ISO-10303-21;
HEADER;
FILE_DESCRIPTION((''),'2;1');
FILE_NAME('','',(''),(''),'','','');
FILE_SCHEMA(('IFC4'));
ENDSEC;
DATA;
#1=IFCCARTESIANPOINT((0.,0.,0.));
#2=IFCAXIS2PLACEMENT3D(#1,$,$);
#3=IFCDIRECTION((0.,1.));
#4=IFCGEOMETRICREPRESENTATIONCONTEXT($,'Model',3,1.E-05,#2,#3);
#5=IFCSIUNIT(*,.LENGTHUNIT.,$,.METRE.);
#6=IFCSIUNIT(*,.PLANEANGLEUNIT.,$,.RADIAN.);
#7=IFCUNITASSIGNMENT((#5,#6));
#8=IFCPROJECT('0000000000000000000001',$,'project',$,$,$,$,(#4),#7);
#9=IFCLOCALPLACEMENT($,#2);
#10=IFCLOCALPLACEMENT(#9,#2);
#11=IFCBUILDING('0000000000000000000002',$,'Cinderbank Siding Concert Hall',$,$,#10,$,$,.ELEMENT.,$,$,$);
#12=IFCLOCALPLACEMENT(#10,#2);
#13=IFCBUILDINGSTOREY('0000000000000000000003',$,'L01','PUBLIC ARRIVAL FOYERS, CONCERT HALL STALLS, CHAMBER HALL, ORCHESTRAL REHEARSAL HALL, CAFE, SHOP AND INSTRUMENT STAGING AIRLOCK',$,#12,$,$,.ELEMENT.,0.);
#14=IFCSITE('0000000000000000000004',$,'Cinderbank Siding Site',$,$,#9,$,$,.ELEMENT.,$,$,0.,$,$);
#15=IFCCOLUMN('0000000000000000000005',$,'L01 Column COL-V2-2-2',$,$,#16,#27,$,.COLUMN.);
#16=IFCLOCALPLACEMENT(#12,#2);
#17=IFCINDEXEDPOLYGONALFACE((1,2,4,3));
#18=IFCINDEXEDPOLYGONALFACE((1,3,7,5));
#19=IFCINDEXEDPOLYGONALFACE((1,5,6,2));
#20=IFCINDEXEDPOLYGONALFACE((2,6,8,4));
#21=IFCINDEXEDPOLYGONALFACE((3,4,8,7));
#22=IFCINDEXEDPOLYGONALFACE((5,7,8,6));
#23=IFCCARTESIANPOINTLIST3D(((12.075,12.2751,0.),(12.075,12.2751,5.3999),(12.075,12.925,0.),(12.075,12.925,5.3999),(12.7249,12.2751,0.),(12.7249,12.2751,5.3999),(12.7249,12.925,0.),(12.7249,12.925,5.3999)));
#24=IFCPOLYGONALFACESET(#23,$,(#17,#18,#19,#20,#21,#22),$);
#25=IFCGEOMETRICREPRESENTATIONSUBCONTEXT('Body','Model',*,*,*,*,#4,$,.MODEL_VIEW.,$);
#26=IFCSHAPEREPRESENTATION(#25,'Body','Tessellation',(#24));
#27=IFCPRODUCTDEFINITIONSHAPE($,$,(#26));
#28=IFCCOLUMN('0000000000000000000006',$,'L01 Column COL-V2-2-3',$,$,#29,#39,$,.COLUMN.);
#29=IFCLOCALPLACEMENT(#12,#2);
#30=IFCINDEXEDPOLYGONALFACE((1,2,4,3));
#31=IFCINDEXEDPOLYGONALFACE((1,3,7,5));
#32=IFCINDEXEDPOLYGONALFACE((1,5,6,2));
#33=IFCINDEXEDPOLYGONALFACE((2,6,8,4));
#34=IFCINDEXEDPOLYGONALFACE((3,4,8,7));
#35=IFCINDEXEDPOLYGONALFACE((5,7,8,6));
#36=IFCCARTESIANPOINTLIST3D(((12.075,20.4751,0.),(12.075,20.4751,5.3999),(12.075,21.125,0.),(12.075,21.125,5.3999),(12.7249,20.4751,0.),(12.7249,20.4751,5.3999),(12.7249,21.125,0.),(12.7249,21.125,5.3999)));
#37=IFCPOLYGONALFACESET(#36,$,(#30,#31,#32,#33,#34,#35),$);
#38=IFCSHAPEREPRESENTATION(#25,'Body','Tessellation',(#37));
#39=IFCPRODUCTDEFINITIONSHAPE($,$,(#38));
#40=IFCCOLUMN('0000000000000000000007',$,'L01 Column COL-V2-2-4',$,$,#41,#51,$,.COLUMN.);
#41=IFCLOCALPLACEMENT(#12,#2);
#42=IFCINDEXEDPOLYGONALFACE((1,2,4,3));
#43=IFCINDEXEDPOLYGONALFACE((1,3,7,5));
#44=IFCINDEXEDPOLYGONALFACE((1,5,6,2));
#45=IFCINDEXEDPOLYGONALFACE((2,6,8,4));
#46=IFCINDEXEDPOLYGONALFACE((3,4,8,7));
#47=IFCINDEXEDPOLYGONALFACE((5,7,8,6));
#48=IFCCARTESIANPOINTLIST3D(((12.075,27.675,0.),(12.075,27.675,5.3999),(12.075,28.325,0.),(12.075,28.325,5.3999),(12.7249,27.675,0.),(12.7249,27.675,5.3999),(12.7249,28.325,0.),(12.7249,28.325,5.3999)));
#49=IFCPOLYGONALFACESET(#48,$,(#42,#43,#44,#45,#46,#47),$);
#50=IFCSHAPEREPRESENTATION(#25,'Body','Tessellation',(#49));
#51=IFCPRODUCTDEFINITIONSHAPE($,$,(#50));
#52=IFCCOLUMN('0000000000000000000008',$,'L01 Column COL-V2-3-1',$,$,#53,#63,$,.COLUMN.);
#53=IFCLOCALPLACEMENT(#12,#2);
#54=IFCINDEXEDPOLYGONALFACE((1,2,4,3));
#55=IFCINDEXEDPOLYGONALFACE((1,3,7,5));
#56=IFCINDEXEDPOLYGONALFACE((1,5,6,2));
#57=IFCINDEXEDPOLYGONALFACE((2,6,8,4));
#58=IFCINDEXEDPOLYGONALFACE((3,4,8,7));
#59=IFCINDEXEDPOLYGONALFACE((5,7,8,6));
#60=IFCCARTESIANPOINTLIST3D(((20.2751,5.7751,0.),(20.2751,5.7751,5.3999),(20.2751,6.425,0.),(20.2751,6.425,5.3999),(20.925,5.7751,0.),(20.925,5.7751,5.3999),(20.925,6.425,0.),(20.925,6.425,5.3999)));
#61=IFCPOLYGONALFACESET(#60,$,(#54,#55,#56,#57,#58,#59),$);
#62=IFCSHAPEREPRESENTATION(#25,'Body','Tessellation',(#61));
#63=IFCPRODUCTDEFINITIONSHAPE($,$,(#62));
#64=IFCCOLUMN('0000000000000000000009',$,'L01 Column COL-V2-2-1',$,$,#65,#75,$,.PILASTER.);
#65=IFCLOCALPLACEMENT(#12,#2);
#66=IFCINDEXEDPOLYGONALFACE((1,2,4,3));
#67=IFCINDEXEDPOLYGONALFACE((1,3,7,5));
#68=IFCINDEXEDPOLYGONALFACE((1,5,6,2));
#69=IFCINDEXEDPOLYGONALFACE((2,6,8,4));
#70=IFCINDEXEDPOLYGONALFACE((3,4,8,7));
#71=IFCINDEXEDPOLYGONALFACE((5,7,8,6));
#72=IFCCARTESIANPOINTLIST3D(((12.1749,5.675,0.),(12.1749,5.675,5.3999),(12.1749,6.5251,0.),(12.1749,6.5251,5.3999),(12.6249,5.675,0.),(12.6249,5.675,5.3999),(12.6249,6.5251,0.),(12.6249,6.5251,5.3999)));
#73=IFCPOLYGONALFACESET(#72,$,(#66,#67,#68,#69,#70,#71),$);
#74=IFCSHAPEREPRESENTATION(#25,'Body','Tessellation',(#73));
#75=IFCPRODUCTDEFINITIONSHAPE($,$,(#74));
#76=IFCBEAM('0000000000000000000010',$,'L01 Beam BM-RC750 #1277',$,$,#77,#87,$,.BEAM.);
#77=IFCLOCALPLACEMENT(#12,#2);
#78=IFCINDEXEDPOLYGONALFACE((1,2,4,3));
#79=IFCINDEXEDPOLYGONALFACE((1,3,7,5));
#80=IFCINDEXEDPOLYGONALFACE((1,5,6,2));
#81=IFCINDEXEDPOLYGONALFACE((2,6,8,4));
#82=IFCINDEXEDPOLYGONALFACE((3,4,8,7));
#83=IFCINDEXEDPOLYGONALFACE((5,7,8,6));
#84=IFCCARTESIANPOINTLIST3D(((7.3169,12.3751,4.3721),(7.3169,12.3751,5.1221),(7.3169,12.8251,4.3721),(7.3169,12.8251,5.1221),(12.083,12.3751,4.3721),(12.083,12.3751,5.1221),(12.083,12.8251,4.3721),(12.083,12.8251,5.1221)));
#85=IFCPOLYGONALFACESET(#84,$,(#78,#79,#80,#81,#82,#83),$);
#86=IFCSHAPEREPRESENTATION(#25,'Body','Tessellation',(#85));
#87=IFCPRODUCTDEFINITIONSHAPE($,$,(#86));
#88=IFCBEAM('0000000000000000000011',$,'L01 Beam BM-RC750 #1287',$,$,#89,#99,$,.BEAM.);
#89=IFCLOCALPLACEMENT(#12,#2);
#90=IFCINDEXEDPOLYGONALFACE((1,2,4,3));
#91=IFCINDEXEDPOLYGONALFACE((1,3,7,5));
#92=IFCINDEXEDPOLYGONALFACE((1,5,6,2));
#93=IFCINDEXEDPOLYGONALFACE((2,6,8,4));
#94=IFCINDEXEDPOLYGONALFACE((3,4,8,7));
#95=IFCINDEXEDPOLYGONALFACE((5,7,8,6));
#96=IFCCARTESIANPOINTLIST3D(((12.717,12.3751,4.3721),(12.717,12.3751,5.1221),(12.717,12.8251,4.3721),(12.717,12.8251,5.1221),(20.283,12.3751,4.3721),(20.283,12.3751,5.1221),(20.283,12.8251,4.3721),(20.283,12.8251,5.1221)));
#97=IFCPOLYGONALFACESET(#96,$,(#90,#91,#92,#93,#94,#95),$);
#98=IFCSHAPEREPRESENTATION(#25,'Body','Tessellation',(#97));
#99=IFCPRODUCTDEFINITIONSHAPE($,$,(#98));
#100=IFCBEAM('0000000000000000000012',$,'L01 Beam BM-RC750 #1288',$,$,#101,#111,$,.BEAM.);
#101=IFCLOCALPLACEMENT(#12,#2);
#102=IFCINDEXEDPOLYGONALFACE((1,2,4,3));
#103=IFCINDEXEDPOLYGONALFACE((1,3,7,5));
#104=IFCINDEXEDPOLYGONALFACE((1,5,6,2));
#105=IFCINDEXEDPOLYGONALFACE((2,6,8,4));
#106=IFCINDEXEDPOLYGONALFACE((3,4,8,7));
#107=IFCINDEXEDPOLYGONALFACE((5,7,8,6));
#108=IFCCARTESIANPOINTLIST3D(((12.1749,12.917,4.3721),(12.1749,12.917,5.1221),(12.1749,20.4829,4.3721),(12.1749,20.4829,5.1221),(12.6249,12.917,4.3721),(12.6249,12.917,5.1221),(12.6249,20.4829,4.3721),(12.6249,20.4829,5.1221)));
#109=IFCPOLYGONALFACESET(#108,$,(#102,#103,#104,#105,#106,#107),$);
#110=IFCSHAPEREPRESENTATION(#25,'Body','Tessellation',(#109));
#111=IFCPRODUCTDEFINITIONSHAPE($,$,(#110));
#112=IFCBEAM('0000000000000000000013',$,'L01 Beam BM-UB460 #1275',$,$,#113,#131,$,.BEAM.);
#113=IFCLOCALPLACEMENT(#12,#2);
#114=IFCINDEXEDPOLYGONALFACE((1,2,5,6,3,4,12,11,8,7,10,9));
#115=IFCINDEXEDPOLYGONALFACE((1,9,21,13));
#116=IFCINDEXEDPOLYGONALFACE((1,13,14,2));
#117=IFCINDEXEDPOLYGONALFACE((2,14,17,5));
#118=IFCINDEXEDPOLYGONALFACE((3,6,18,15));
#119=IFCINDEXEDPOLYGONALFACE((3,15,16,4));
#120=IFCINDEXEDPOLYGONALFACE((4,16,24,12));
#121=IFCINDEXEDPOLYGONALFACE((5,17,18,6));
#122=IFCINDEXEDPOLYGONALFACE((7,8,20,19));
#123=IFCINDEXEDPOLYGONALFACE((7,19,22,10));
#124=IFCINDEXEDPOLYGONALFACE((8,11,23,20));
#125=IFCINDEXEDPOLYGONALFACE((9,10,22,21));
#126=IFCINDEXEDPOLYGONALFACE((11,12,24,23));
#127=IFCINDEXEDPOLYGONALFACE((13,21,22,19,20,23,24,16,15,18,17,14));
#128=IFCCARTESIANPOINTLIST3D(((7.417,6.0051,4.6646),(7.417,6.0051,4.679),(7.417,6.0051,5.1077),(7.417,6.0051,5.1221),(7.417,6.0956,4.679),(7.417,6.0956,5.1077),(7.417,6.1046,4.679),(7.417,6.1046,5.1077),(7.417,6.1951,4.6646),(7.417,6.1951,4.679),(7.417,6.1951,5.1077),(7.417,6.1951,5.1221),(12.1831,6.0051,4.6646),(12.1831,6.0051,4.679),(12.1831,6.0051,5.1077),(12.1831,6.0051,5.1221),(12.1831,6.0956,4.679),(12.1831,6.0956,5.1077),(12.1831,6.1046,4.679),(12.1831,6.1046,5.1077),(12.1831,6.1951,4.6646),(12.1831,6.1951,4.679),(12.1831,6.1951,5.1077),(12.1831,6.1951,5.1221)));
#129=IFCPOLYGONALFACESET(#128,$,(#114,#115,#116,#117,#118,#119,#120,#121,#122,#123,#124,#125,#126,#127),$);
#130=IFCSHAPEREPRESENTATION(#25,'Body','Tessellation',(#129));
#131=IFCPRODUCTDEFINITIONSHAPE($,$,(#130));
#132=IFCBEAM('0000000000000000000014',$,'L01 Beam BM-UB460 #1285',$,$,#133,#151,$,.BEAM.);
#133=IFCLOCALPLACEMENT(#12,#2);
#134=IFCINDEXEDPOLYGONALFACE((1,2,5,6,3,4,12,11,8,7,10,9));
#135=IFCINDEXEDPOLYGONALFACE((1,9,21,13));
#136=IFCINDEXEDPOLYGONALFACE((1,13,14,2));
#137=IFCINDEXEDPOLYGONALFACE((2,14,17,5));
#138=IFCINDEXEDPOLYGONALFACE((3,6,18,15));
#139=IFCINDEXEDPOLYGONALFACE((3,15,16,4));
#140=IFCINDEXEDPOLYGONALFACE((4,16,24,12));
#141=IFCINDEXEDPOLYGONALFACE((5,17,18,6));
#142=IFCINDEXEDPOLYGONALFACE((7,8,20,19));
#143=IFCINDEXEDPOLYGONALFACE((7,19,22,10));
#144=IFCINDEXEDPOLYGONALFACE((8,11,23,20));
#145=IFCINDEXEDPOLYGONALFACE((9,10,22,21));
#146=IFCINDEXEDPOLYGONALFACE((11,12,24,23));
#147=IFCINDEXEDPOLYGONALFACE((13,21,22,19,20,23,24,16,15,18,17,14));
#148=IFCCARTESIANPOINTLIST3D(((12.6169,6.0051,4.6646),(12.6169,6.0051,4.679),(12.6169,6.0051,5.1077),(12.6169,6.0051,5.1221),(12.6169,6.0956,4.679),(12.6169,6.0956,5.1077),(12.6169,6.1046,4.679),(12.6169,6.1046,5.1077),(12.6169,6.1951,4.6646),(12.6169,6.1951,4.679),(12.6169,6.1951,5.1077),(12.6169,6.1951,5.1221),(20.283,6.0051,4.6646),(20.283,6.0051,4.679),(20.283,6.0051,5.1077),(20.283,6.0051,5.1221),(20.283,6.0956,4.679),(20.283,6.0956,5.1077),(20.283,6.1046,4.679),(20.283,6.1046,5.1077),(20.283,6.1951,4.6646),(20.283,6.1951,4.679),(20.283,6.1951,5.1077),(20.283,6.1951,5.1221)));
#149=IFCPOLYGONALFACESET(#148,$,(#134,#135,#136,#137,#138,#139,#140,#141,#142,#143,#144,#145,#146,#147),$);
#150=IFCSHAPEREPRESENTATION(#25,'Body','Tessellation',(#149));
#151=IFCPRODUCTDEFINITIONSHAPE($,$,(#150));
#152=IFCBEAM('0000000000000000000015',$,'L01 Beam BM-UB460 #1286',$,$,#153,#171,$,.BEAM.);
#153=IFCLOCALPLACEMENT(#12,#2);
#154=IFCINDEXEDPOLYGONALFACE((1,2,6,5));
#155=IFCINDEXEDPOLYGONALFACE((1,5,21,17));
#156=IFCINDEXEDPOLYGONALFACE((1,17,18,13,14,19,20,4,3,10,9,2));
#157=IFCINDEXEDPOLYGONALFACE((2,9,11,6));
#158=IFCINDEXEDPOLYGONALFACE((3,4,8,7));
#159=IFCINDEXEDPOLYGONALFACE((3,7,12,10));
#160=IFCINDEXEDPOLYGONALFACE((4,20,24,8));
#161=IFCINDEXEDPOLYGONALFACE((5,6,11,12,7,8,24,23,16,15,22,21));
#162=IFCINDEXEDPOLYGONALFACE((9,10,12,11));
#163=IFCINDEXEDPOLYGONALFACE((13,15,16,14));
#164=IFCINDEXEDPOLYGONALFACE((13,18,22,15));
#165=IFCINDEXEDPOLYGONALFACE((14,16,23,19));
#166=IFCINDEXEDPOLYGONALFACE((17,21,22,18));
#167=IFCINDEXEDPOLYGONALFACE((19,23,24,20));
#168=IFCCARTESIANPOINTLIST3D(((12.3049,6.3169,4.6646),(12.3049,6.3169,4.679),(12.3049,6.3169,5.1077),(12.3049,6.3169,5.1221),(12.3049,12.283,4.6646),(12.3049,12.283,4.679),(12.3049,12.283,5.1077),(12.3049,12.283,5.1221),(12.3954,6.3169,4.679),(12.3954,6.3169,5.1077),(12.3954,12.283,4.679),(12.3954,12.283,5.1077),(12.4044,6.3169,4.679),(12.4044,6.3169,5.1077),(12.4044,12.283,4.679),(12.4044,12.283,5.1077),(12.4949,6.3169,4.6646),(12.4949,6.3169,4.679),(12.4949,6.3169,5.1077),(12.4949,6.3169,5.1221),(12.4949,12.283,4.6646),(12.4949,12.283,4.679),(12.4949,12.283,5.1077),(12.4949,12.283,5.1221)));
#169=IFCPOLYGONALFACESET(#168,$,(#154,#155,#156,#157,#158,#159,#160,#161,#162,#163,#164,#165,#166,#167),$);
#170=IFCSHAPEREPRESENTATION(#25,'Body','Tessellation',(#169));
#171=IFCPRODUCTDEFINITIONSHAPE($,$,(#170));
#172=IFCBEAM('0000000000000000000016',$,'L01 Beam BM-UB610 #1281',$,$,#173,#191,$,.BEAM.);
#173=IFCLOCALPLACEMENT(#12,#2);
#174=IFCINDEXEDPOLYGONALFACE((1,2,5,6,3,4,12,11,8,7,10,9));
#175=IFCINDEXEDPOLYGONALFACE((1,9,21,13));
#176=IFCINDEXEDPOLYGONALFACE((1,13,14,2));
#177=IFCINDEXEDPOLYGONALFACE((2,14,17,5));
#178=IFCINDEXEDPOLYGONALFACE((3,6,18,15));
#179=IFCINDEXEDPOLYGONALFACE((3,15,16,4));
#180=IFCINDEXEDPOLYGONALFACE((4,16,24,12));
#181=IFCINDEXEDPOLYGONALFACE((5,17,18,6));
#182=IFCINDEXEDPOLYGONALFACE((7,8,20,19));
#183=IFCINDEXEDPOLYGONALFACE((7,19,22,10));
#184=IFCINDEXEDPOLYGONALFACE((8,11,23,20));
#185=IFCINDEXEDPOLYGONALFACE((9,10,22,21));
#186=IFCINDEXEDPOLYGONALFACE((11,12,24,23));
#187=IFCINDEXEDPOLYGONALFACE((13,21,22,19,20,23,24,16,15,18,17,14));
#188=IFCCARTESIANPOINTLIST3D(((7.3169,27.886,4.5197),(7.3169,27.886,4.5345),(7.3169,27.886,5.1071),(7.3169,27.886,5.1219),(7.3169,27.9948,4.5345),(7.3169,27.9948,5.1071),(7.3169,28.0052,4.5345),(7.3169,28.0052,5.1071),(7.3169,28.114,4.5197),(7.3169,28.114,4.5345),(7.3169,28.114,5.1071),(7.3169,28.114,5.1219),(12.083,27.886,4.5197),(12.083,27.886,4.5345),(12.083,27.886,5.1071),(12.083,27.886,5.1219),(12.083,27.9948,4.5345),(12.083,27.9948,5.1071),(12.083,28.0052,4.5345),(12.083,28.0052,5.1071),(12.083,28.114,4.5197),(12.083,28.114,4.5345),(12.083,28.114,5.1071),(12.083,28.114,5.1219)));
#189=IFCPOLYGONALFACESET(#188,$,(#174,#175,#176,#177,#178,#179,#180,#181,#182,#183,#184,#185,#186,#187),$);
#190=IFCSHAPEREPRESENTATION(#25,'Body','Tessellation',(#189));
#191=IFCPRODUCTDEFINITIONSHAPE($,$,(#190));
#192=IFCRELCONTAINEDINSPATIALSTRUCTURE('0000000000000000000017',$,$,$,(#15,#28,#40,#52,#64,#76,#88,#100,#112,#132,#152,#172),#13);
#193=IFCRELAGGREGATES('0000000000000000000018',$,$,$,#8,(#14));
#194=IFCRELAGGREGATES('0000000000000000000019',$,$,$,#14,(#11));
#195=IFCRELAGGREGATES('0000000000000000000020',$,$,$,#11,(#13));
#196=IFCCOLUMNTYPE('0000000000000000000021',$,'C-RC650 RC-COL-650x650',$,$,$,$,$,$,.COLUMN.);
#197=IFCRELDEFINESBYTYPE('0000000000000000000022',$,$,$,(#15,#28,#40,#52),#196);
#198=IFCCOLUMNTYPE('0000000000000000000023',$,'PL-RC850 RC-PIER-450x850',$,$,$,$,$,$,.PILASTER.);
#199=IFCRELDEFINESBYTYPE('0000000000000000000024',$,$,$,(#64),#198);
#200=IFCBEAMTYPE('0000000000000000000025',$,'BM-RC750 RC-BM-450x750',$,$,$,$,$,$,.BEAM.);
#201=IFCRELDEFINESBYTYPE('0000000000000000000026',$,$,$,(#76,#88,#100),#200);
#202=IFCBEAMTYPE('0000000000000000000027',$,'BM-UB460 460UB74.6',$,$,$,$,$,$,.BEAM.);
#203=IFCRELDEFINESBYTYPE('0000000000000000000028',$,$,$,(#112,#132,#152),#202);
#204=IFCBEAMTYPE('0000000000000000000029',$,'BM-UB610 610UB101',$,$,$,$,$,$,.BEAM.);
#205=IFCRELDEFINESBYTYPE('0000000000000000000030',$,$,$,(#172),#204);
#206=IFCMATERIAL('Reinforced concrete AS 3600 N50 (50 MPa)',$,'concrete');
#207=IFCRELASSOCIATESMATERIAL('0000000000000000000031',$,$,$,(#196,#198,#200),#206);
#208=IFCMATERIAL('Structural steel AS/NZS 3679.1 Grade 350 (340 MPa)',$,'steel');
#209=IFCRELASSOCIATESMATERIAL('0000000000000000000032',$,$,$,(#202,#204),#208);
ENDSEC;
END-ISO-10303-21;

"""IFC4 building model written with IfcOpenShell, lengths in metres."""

from ifc_helpers import new_model, si_unit, direction, frame, origin, origin_2d, place, context, subcontext, project, spatial, rectangle, i_section, extrude, material, material_profile, profile_set, type_object, element, save


model = new_model("IFC4")

# Units and contexts
model_context = context("Model", 3, precision=1e-05, world=origin(), true_north=direction((0.0, 1.0)))
body_context = subcontext(model_context, "Body", "Model", "MODEL_VIEW")
ifc_project = project(units=[si_unit("LENGTHUNIT", "METRE"), si_unit("PLANEANGLEUNIT", "RADIAN")], contexts=[model_context])

# Site, building, storey
site_placement = place(None, origin())
site = spatial("IfcSite", under=ifc_project, at=site_placement, Name="Cinderbank Siding Site", CompositionType="ELEMENT", RefElevation=0.0)
building_placement = place(site_placement, origin())
building = spatial("IfcBuilding", under=site, at=building_placement, Name="Cinderbank Siding Concert Hall", CompositionType="ELEMENT")
storey_placement = place(building_placement, origin())
storey = spatial("IfcBuildingStorey", under=building, at=storey_placement, Name="L01", Description="PUBLIC ARRIVAL FOYERS, CONCERT HALL STALLS, CHAMBER HALL, ORCHESTRAL REHEARSAL HALL, CAFE, SHOP AND INSTRUMENT STAGING AIRLOCK", CompositionType="ELEMENT", Elevation=0.0)

# Columns
ifc_material_1 = material(Name="Reinforced concrete AS 3600 N50 (50 MPa)", Category="concrete")
ifc_material_profile_1 = material_profile(ifc_material_1, rectangle(XDim=0.6499, YDim=0.6499, at=origin_2d()), Name="RC-COL-650x650", Category="LoadBearing")
ifc_profile_set_1 = profile_set([ifc_material_profile_1], Name="Reinforced concrete AS 3600 N50 (50 MPa)")
column_type_1 = type_object("IfcColumnType", Name="C-RC650 RC-COL-650x650", PredefinedType="COLUMN", material=ifc_profile_set_1)
for number, where, z_axis, x_axis, name in (
    (1, (12.3999, 12.6001, 0.0), (0.0, 0.0, 1.0), (1.0, 0.0, 0.0), "L01 Column COL-V2-2-2"),
    (2, (12.3999, 20.8, 0.0), (0.0, 0.0, 1.0), (1.0, 0.0, 0.0), "L01 Column COL-V2-2-3"),
    (3, (12.3999, 28.0, 0.0), (0.0, 0.0, 1.0), (1.0, 0.0, 0.0), "L01 Column COL-V2-2-4"),
    (4, (20.6001, 6.1001, 0.0), (0.0, 0.0, 1.0), (1.0, 0.0, 0.0), "L01 Column COL-V2-3-1"),
):
    element("IfcColumn", number, at=place(storey_placement, frame(where, z_axis=z_axis, x_axis=x_axis)), inside=storey, type_object=column_type_1, Name=name, PredefinedType="COLUMN", context=body_context, shape_type="SweptSolid", body=[
        extrude(rectangle(XDim=0.6499, YDim=0.6499, at=origin_2d()), origin(), (0.0, 0.0, 1.0), 5.3999),
    ])
ifc_material_profile_2 = material_profile(ifc_material_1, rectangle(XDim=0.45, YDim=0.8501, at=origin_2d()), Name="RC-PIER-450x850", Category="LoadBearing")
ifc_profile_set_2 = profile_set([ifc_material_profile_2], Name="Reinforced concrete AS 3600 N50 (50 MPa)")
column_type_2 = type_object("IfcColumnType", Name="PL-RC850 RC-PIER-450x850", PredefinedType="PILASTER", material=ifc_profile_set_2)
column_placement = place(storey_placement, frame((12.3999, 6.1001, 0.0), z_axis=(0.0, 0.0, 1.0), x_axis=(1.0, 0.0, 0.0)))
element("IfcColumn", 5, at=column_placement, inside=storey, type_object=column_type_2, Name="L01 Column COL-V2-2-1", PredefinedType="PILASTER", context=body_context, shape_type="SweptSolid", body=[
    extrude(rectangle(XDim=0.45, YDim=0.8501, at=origin_2d()), origin(), (0.0, 0.0, 1.0), 5.3999),
])

# Beams
ifc_material_profile_3 = material_profile(ifc_material_1, rectangle(XDim=0.45, YDim=0.75, at=origin_2d()), Name="RC-BM-450x750", Category="LoadBearing")
ifc_profile_set_3 = profile_set([ifc_material_profile_3], Name="Reinforced concrete AS 3600 N50 (50 MPa)")
beam_type_1 = type_object("IfcBeamType", Name="BM-RC750 RC-BM-450x750", PredefinedType="BEAM", material=ifc_profile_set_3)
beam_1_placement = place(storey_placement, frame((7.3169, 12.6001, 4.7471), z_axis=(1.0, 0.0, 0.0), x_axis=(0.0, 1.0, 0.0)))
element("IfcBeam", 6, at=beam_1_placement, inside=storey, type_object=beam_type_1, Name="L01 Beam BM-RC750 #1277", PredefinedType="BEAM", context=body_context, shape_type="SweptSolid", body=[
    extrude(rectangle(XDim=0.45, YDim=0.75, at=origin_2d()), origin(), (0.0, 0.0, 1.0), 4.7661),
])
for number, where, z_axis, x_axis, name in (
    (7, (12.717, 12.6001, 4.7471), (1.0, 0.0, 0.0), (0.0, 1.0, 0.0), "L01 Beam BM-RC750 #1287"),
    (8, (12.3999, 12.917, 4.7471), (0.0, 1.0, 0.0), (-1.0, 0.0, 0.0), "L01 Beam BM-RC750 #1288"),
):
    element("IfcBeam", number, at=place(storey_placement, frame(where, z_axis=z_axis, x_axis=x_axis)), inside=storey, type_object=beam_type_1, Name=name, PredefinedType="BEAM", context=body_context, shape_type="SweptSolid", body=[
        extrude(rectangle(XDim=0.45, YDim=0.75, at=origin_2d()), origin(), (0.0, 0.0, 1.0), 7.5659),
    ])
ifc_material_2 = material(Name="Structural steel AS/NZS 3679.1 Grade 350 (340 MPa)", Category="steel")
ifc_material_profile_4 = material_profile(ifc_material_2, i_section(OverallWidth=0.1899, OverallDepth=0.4575, WebThickness=0.009, FlangeThickness=0.0144, at=origin_2d()), Name="460UB74.6", Category="LoadBearing")
ifc_profile_set_4 = profile_set([ifc_material_profile_4], Name="Structural steel AS/NZS 3679.1 Grade 350 (340 MPa)")
beam_type_2 = type_object("IfcBeamType", Name="BM-UB460 460UB74.6", PredefinedType="BEAM", material=ifc_profile_set_4)
beam_2_placement = place(storey_placement, frame((7.417, 6.1001, 4.8933), z_axis=(1.0, 0.0, 0.0), x_axis=(0.0, 1.0, 0.0)))
element("IfcBeam", 9, at=beam_2_placement, inside=storey, type_object=beam_type_2, Name="L01 Beam BM-UB460 #1275", PredefinedType="BEAM", context=body_context, shape_type="SweptSolid", body=[
    extrude(i_section(OverallWidth=0.1899, OverallDepth=0.4575, WebThickness=0.009, FlangeThickness=0.0144, at=origin_2d()), origin(), (0.0, 0.0, 1.0), 4.7661),
])
beam_3_placement = place(storey_placement, frame((12.6169, 6.1001, 4.8933), z_axis=(1.0, 0.0, 0.0), x_axis=(0.0, 1.0, 0.0)))
element("IfcBeam", 10, at=beam_3_placement, inside=storey, type_object=beam_type_2, Name="L01 Beam BM-UB460 #1285", PredefinedType="BEAM", context=body_context, shape_type="SweptSolid", body=[
    extrude(i_section(OverallWidth=0.1899, OverallDepth=0.4575, WebThickness=0.009, FlangeThickness=0.0144, at=origin_2d()), origin(), (0.0, 0.0, 1.0), 7.666),
])
beam_4_placement = place(storey_placement, frame((12.3999, 6.3169, 4.8933), z_axis=(0.0, 1.0, 0.0), x_axis=(-1.0, 0.0, 0.0)))
element("IfcBeam", 11, at=beam_4_placement, inside=storey, type_object=beam_type_2, Name="L01 Beam BM-UB460 #1286", PredefinedType="BEAM", context=body_context, shape_type="SweptSolid", body=[
    extrude(i_section(OverallWidth=0.1899, OverallDepth=0.4575, WebThickness=0.009, FlangeThickness=0.0144, at=origin_2d()), origin(), (0.0, 0.0, 1.0), 5.9661),
])
ifc_material_profile_5 = material_profile(ifc_material_2, i_section(OverallWidth=0.228, OverallDepth=0.6023, WebThickness=0.0105, FlangeThickness=0.0149, at=origin_2d()), Name="610UB101", Category="LoadBearing")
ifc_profile_set_5 = profile_set([ifc_material_profile_5], Name="Structural steel AS/NZS 3679.1 Grade 350 (340 MPa)")
beam_type_3 = type_object("IfcBeamType", Name="BM-UB610 610UB101", PredefinedType="BEAM", material=ifc_profile_set_5)
beam_5_placement = place(storey_placement, frame((7.3169, 28.0, 4.8208), z_axis=(1.0, 0.0, 0.0), x_axis=(0.0, 1.0, 0.0)))
element("IfcBeam", 12, at=beam_5_placement, inside=storey, type_object=beam_type_3, Name="L01 Beam BM-UB610 #1281", PredefinedType="BEAM", context=body_context, shape_type="SweptSolid", body=[
    extrude(i_section(OverallWidth=0.228, OverallDepth=0.6023, WebThickness=0.0105, FlangeThickness=0.0149, at=origin_2d()), origin(), (0.0, 0.0, 1.0), 4.7661),
])

save(model, "model.ifc")
